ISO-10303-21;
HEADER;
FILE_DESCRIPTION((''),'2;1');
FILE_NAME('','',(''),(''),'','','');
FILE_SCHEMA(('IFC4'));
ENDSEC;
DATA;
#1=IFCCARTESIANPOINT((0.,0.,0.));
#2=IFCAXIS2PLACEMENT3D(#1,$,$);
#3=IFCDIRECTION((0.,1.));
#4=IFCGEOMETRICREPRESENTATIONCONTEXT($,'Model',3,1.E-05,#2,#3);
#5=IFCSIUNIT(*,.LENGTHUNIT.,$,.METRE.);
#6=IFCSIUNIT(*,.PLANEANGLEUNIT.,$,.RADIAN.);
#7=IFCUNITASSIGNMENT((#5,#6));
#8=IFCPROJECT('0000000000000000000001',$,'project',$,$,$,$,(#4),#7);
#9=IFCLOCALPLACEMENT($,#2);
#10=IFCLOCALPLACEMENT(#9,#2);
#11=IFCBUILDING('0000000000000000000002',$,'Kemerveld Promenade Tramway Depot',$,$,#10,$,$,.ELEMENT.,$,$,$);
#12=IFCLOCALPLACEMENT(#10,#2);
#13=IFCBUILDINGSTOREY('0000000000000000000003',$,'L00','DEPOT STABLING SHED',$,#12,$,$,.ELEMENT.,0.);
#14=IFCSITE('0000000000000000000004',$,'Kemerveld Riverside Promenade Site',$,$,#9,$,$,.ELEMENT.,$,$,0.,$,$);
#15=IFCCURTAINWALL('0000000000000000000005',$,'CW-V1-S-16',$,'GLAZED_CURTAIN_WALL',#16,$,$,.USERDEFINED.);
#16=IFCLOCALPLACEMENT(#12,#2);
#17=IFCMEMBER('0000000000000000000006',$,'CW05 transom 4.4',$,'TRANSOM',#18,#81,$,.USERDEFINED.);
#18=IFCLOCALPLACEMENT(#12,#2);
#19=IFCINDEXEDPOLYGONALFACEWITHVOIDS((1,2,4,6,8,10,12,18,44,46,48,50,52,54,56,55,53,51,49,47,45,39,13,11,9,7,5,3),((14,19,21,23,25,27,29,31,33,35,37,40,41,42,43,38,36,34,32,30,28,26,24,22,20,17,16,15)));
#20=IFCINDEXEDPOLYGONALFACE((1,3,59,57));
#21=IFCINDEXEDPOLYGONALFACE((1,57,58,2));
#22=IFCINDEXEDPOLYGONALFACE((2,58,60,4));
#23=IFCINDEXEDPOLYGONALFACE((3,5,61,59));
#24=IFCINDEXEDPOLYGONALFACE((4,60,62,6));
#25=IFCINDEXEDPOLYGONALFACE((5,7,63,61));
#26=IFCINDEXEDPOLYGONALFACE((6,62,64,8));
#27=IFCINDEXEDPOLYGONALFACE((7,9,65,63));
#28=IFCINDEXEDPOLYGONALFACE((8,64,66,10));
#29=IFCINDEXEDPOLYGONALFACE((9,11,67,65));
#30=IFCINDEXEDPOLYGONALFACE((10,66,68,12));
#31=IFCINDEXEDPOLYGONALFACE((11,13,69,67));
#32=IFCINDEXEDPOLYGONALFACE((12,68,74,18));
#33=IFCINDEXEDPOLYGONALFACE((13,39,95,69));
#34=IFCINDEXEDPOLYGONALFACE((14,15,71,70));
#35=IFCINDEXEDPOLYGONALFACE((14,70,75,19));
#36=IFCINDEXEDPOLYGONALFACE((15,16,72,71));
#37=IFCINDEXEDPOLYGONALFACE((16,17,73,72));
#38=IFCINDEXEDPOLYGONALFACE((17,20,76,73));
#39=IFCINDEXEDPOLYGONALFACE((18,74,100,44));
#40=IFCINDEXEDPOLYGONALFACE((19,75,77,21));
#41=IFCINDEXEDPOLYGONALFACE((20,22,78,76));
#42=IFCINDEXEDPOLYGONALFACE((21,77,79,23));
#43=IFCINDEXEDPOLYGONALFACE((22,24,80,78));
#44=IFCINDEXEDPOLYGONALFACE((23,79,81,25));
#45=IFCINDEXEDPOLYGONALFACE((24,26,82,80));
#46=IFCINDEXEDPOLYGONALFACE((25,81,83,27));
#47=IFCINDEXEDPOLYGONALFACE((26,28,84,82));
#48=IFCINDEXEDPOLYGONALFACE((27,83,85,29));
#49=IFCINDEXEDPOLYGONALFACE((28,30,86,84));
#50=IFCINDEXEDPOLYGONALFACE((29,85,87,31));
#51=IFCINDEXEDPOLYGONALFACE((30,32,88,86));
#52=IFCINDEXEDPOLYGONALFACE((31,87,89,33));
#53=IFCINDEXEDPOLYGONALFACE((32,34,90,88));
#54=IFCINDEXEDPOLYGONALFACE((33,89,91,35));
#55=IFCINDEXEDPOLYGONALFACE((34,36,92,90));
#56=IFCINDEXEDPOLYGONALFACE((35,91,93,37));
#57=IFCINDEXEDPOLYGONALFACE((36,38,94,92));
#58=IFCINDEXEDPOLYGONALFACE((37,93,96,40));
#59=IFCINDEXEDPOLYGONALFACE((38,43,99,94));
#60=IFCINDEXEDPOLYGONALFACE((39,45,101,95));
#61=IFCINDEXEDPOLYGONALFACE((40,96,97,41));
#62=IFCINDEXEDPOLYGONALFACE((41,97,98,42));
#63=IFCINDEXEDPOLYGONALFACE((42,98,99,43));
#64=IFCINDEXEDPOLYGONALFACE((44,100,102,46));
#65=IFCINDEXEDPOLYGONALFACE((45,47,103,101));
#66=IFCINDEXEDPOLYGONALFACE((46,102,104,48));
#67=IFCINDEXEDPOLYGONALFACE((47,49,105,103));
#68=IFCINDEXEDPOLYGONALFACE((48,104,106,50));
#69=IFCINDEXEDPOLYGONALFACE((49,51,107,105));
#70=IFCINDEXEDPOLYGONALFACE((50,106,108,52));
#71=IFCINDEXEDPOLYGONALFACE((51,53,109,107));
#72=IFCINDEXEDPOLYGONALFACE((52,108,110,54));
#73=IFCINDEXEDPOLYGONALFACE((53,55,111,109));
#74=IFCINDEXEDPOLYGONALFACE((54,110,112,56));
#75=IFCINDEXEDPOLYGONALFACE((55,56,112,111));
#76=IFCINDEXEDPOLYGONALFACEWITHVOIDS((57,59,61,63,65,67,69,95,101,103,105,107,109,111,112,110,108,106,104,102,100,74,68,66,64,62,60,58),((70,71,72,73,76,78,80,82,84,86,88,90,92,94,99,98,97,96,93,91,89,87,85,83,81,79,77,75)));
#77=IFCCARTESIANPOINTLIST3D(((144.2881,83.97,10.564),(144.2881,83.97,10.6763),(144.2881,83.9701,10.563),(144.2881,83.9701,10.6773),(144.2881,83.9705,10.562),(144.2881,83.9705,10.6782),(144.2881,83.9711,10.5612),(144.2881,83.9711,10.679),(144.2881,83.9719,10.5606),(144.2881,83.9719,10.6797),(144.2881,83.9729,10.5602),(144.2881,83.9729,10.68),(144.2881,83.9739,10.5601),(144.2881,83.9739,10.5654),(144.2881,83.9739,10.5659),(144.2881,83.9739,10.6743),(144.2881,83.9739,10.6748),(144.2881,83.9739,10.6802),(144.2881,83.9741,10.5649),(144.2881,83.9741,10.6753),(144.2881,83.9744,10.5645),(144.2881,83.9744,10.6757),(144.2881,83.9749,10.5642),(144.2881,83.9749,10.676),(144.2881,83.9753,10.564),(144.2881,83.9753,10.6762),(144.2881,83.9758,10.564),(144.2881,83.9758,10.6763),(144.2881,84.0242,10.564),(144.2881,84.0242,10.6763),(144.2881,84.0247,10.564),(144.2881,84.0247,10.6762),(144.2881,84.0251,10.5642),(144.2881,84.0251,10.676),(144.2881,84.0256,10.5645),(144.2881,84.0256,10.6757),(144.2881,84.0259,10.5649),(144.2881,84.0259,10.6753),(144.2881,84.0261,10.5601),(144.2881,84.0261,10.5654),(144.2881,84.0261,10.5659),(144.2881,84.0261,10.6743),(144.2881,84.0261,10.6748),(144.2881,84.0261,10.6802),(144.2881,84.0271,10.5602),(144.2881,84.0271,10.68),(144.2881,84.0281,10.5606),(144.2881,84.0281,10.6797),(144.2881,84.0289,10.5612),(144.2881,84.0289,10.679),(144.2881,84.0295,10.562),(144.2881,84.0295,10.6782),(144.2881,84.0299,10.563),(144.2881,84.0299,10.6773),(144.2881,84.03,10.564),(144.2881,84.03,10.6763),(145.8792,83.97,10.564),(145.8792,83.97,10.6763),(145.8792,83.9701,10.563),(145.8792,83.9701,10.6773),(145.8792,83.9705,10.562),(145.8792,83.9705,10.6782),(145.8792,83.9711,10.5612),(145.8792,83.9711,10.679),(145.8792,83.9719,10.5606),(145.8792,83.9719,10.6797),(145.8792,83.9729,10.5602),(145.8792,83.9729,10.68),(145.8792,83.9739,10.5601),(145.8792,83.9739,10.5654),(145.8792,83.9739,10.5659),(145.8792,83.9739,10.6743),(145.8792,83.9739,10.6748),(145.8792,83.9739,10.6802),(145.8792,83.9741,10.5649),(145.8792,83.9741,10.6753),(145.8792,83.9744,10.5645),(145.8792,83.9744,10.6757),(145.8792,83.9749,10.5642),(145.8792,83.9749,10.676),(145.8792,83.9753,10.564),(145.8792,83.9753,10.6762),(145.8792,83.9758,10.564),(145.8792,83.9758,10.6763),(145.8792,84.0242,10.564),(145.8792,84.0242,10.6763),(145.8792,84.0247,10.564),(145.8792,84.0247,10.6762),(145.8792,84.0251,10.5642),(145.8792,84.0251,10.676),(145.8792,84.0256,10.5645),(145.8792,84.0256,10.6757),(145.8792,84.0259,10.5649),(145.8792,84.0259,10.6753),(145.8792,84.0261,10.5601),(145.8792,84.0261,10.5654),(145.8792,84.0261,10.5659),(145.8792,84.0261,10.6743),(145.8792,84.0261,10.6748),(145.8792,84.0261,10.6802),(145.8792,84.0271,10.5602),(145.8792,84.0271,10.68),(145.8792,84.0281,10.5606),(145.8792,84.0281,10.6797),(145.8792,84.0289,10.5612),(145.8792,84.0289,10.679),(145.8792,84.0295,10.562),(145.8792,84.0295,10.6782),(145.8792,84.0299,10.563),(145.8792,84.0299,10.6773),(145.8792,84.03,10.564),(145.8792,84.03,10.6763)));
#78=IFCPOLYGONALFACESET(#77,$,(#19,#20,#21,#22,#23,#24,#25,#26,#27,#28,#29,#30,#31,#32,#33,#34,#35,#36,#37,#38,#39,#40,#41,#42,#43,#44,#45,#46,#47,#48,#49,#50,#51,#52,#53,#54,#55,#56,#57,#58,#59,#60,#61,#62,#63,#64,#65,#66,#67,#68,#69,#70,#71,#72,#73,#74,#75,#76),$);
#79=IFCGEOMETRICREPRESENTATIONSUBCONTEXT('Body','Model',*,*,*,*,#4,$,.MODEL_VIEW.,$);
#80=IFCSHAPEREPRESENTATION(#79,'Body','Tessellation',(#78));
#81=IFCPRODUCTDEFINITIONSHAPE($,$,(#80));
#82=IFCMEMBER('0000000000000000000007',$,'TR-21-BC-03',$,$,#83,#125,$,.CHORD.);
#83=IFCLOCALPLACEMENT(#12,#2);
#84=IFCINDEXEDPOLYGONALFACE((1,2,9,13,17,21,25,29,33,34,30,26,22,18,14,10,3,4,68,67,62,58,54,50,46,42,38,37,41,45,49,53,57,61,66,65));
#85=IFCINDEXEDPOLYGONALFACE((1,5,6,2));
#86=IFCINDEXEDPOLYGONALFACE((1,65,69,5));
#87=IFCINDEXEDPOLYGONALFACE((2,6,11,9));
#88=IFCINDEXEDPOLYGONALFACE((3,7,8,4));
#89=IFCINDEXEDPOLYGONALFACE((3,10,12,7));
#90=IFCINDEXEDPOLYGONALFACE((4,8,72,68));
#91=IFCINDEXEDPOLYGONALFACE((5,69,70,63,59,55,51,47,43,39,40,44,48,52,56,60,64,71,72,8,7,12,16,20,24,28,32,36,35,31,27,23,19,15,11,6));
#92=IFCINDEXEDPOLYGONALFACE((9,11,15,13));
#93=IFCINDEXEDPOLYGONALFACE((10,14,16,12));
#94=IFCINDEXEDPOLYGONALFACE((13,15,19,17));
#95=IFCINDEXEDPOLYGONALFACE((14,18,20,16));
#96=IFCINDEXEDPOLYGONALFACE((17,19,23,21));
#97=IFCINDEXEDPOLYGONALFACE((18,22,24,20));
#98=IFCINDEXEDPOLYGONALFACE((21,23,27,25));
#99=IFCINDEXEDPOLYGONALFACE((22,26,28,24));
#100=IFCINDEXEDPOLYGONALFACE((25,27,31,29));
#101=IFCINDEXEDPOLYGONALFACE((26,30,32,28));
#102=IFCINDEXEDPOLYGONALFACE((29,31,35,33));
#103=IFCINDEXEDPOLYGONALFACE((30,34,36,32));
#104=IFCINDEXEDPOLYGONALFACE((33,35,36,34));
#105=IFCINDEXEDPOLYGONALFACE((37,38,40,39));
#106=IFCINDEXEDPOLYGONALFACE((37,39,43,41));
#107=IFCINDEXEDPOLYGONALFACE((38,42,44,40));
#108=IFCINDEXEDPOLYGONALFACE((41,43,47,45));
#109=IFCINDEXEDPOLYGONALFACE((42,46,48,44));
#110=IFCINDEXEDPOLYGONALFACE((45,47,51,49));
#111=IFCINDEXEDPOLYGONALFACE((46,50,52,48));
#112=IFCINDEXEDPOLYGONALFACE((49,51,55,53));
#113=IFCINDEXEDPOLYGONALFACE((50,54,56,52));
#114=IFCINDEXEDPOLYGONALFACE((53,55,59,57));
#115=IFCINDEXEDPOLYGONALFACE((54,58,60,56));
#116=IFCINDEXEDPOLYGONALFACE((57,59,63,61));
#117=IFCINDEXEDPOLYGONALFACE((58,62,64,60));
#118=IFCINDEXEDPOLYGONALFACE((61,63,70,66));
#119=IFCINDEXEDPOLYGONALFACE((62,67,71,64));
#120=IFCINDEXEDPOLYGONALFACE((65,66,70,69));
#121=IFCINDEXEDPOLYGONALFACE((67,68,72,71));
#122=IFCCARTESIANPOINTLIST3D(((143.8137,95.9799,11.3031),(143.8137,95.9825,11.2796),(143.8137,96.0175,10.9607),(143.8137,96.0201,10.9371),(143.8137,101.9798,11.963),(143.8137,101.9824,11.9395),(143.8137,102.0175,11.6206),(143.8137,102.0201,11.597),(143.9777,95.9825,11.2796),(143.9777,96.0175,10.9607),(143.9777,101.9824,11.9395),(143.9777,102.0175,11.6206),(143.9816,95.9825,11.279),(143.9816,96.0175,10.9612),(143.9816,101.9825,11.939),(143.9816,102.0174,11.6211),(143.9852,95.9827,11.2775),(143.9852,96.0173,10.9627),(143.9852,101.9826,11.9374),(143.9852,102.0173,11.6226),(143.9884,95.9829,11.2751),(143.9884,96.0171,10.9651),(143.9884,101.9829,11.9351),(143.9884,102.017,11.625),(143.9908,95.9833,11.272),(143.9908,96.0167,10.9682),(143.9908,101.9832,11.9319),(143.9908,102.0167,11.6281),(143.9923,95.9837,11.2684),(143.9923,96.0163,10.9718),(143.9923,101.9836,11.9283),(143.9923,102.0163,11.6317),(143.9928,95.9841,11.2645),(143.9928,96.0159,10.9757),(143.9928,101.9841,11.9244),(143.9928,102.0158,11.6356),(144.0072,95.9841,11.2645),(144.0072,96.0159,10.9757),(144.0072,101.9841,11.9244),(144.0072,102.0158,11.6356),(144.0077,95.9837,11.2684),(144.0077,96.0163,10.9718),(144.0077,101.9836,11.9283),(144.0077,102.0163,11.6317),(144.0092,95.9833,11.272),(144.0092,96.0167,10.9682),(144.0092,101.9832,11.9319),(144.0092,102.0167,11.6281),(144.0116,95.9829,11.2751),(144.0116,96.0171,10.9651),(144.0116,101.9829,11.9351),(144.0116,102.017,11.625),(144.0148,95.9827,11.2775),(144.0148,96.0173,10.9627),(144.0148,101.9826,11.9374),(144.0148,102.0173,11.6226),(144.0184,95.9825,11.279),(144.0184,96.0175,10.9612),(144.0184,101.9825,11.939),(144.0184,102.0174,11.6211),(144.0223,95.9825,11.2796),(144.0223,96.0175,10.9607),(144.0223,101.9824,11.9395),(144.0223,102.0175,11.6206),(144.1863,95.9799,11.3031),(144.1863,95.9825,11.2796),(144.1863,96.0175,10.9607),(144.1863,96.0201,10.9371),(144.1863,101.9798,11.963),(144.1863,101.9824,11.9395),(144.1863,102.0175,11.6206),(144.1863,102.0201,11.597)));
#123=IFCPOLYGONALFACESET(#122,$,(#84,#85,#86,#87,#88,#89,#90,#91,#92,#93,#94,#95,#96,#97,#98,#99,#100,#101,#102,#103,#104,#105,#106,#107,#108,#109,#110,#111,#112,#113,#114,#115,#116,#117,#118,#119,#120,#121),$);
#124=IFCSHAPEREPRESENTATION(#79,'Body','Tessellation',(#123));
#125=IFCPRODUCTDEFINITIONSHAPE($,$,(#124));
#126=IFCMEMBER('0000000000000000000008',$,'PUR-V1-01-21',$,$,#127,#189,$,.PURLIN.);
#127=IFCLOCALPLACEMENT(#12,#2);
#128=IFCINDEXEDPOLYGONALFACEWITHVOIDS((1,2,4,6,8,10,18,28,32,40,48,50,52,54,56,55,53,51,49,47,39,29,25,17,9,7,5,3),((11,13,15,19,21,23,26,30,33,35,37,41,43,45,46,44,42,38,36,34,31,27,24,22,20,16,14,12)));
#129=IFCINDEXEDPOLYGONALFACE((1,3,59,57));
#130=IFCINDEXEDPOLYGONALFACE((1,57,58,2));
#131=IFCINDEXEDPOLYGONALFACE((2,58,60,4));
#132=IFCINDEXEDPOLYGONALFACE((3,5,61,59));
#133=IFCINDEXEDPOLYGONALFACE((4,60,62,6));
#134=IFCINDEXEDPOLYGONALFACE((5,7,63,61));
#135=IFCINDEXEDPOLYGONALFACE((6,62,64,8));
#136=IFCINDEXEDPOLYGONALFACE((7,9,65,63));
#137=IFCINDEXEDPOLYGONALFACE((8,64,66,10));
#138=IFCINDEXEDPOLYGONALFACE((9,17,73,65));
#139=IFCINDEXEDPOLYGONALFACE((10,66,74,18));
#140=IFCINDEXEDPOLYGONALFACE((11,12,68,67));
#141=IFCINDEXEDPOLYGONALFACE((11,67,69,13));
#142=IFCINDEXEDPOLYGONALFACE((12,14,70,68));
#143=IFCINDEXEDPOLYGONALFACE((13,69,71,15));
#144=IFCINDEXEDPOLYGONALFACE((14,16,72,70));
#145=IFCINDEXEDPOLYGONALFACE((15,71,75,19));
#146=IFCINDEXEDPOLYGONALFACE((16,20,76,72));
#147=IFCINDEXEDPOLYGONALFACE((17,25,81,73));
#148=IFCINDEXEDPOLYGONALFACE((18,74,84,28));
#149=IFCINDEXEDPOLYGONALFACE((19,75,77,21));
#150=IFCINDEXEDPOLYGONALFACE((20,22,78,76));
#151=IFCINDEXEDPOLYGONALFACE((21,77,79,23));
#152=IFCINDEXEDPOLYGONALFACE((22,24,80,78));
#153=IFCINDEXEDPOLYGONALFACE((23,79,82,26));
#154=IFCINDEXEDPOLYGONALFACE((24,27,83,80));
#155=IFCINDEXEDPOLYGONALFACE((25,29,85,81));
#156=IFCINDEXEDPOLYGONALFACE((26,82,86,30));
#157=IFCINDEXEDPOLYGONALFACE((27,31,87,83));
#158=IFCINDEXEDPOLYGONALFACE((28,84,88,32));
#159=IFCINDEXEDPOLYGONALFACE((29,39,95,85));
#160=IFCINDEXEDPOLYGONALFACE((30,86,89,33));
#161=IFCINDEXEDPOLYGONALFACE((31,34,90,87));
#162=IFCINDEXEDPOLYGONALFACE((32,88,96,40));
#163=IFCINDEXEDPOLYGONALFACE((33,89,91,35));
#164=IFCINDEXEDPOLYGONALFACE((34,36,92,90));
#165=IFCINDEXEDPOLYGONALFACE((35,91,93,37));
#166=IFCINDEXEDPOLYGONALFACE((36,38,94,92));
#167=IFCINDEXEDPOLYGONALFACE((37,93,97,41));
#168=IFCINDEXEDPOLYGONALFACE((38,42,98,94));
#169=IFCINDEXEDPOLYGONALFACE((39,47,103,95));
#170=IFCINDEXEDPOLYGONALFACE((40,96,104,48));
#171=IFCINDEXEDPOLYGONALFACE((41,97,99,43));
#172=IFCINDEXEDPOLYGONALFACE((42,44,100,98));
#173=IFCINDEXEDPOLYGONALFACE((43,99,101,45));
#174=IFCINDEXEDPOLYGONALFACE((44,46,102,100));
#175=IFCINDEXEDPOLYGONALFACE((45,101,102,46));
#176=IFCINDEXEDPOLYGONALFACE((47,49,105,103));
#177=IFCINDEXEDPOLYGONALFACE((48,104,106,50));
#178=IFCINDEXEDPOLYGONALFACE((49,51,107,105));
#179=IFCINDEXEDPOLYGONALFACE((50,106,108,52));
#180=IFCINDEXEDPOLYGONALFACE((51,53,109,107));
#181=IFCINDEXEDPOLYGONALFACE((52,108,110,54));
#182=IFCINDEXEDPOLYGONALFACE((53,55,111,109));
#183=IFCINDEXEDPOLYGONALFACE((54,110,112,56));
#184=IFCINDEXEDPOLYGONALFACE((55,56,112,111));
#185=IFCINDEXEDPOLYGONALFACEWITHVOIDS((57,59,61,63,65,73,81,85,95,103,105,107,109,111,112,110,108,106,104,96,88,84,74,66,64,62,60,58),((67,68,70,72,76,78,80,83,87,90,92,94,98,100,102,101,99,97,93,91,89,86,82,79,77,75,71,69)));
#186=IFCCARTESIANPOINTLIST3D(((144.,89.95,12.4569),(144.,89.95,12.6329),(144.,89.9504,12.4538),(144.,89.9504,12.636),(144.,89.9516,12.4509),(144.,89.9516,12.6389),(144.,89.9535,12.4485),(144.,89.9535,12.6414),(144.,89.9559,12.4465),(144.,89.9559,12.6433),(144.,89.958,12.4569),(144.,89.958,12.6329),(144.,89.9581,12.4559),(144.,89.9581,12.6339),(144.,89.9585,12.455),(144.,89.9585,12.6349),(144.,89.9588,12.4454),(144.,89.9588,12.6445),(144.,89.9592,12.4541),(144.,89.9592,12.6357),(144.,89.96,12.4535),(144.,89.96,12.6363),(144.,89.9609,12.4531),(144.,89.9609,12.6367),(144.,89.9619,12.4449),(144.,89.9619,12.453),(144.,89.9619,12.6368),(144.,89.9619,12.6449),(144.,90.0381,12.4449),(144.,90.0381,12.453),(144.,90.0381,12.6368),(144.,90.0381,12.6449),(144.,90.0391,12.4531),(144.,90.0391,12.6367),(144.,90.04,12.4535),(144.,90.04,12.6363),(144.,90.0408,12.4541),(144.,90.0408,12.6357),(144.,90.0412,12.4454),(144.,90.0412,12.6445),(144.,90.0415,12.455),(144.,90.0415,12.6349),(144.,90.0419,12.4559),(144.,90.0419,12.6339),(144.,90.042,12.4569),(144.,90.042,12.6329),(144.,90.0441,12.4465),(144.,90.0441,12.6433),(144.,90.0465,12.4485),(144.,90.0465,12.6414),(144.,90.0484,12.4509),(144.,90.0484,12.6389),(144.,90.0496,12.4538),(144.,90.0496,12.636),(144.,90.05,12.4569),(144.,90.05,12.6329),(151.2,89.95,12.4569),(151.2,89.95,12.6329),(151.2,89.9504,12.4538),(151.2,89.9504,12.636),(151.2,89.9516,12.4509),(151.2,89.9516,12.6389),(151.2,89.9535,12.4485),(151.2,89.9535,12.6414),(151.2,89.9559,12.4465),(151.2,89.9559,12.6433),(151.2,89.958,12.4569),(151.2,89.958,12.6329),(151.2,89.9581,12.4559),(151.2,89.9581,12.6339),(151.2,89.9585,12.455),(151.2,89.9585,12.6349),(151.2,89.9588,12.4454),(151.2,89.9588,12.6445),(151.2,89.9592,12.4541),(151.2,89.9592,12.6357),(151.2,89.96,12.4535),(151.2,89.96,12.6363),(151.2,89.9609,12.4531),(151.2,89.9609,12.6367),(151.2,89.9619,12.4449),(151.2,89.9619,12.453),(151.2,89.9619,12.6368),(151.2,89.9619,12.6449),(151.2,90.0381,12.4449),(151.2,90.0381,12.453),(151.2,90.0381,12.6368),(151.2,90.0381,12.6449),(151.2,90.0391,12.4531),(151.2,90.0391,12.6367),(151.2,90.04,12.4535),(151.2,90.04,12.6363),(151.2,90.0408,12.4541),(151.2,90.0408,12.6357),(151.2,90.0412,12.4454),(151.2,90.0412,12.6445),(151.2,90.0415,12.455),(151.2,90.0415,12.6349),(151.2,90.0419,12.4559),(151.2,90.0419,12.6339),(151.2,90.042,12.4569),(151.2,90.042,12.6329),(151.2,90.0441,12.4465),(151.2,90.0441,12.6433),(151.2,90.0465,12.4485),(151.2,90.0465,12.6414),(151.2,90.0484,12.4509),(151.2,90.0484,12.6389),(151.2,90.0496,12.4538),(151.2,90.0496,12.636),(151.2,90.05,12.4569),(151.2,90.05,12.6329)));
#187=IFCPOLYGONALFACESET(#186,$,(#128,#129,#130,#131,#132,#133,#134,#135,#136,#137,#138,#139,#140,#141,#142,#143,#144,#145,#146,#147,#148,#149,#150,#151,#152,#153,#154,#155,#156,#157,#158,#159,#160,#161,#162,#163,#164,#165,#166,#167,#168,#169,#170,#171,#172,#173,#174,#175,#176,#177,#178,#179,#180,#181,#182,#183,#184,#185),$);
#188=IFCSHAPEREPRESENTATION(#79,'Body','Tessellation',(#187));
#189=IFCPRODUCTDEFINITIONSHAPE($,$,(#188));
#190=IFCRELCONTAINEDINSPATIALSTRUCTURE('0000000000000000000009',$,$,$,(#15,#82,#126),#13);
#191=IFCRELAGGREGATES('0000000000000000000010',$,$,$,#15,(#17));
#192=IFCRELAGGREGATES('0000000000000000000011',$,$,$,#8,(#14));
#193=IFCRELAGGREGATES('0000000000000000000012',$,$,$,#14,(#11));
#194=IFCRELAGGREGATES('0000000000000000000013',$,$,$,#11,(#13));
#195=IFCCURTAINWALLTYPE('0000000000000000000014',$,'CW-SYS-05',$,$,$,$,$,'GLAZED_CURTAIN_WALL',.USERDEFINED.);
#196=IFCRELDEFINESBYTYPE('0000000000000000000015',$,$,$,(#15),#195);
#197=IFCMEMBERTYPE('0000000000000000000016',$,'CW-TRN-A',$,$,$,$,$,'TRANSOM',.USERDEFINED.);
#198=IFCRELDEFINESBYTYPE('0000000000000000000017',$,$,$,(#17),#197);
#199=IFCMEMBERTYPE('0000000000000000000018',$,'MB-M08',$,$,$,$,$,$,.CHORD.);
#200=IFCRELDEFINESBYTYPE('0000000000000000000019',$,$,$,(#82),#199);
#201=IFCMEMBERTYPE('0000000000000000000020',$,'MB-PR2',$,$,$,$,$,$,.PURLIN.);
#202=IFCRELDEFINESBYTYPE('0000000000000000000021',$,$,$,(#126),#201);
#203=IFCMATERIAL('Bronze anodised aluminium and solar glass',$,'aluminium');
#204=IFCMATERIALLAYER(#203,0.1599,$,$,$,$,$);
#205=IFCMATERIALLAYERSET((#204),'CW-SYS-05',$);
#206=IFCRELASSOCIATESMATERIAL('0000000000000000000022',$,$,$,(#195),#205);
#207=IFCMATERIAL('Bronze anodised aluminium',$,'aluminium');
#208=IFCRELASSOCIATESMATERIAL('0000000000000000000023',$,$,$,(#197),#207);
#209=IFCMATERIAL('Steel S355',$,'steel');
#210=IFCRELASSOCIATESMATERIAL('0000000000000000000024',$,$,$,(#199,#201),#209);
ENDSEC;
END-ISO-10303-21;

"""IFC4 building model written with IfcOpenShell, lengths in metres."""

from ifc_helpers import new_model, si_unit, direction, frame, origin, origin_2d, place, context, subcontext, project, spatial, hollow_rectangle, i_section, extrude, material, layer, layer_set, material_profile, profile_set, type_object, element, aggregate, save


model = new_model("IFC4")

# Units and contexts
model_context = context("Model", 3, precision=1e-05, world=origin(), true_north=direction((0.0, 1.0)))
body_context = subcontext(model_context, "Body", "Model", "MODEL_VIEW")
ifc_project = project(units=[si_unit("LENGTHUNIT", "METRE"), si_unit("PLANEANGLEUNIT", "RADIAN")], contexts=[model_context])

# Site, building, storey
site_placement = place(None, origin())
site = spatial("IfcSite", under=ifc_project, at=site_placement, Name="Kemerveld Riverside Promenade Site", CompositionType="ELEMENT", RefElevation=0.0)
building_placement = place(site_placement, origin())
building = spatial("IfcBuilding", under=site, at=building_placement, Name="Kemerveld Promenade Tramway Depot", CompositionType="ELEMENT")
storey_placement = place(building_placement, origin())
storey = spatial("IfcBuildingStorey", under=building, at=storey_placement, Name="L00", Description="DEPOT STABLING SHED", CompositionType="ELEMENT", Elevation=0.0)

# Curtain wall, member
ifc_material_1 = material(Name="Bronze anodised aluminium and solar glass", Category="aluminium")
ifc_layer_1 = layer(ifc_material_1, 0.1599)
ifc_layer_set_1 = layer_set([ifc_layer_1], Name="CW-SYS-05")
curtain_wall_type = type_object("IfcCurtainWallType", Name="CW-SYS-05", ElementType="GLAZED_CURTAIN_WALL", PredefinedType="USERDEFINED", material=ifc_layer_set_1)
curtain_wall_placement = place(storey_placement, origin())
curtain_wall = element("IfcCurtainWall", 1, at=curtain_wall_placement, inside=storey, type_object=curtain_wall_type, Name="CW-V1-S-16", ObjectType="GLAZED_CURTAIN_WALL", PredefinedType="USERDEFINED")
ifc_material_2 = material(Name="Bronze anodised aluminium", Category="aluminium")
ifc_material_profile_1 = material_profile(ifc_material_2, hollow_rectangle(XDim=0.0601, YDim=0.1201, WallThickness=0.0039, InnerFilletRadius=0.002, OuterFilletRadius=0.0039, at=origin_2d()), Name="CW-TRN-120x60")
ifc_profile_set_1 = profile_set([ifc_material_profile_1], Name="Bronze anodised aluminium")
member_type_1 = type_object("IfcMemberType", Name="CW-TRN-A", ElementType="TRANSOM", PredefinedType="USERDEFINED", material=ifc_profile_set_1)
member_1_placement = place(storey_placement, frame((145.8792, 84.0, 10.6201), z_axis=(-1.0, 0.0, 0.0), x_axis=(0.0, -1.0, 0.0)))
member_1 = element("IfcMember", 2, at=member_1_placement, type_object=member_type_1, Name="CW05 transom 4.4", ObjectType="TRANSOM", PredefinedType="USERDEFINED", context=body_context, shape_type="SweptSolid", body=[
    extrude(hollow_rectangle(XDim=0.0601, YDim=0.1201, WallThickness=0.0039, InnerFilletRadius=0.002, OuterFilletRadius=0.0039, at=origin_2d()), origin(), (0.0, 0.0, 1.0), 1.5911),
])

# Members
ifc_material_3 = material(Name="Steel S355", Category="steel")
ifc_material_profile_2 = material_profile(ifc_material_3, i_section(OverallWidth=0.3726, OverallDepth=0.3682, WebThickness=0.0144, FlangeThickness=0.0237, FilletRadius=0.0151, at=origin_2d()), Name="356x368x177 UC")
ifc_profile_set_2 = profile_set([ifc_material_profile_2], Name="Steel S355")
member_type_2 = type_object("IfcMemberType", Name="MB-M08", PredefinedType="CHORD", material=ifc_profile_set_2)
member_2_placement = place(storey_placement, frame((144.0, 96.0, 11.1201), z_axis=(0.0, 0.994006, 0.109326), x_axis=(-1.0, 0.0, 0.0)))
element("IfcMember", 3, at=member_2_placement, inside=storey, type_object=member_type_2, Name="TR-21-BC-03", PredefinedType="CHORD", context=body_context, shape_type="SweptSolid", body=[
    extrude(i_section(OverallWidth=0.3726, OverallDepth=0.3682, WebThickness=0.0144, FlangeThickness=0.0237, FilletRadius=0.0151, at=origin_2d()), origin(), (0.0, 0.0, 1.0), 6.0361),
])
ifc_material_profile_3 = material_profile(ifc_material_3, hollow_rectangle(XDim=0.1001, YDim=0.2, WallThickness=0.0081, InnerFilletRadius=0.0039, OuterFilletRadius=0.012, at=origin_2d()), Name="200x100x8.0 RHS")
ifc_profile_set_3 = profile_set([ifc_material_profile_3], Name="Steel S355")
member_type_3 = type_object("IfcMemberType", Name="MB-PR2", PredefinedType="PURLIN", material=ifc_profile_set_3)
member_3_placement = place(storey_placement, frame((144.0, 90.0, 12.5449), z_axis=(1.0, 0.0, 0.0), x_axis=(0.0, 1.0, 0.0)))
element("IfcMember", 4, at=member_3_placement, inside=storey, type_object=member_type_3, Name="PUR-V1-01-21", PredefinedType="PURLIN", context=body_context, shape_type="SweptSolid", body=[
    extrude(hollow_rectangle(XDim=0.1001, YDim=0.2, WallThickness=0.0081, InnerFilletRadius=0.0039, OuterFilletRadius=0.012, at=origin_2d()), origin(), (0.0, 0.0, 1.0), 7.2),
])

aggregate(curtain_wall, [member_1])

save(model, "model.ifc")
